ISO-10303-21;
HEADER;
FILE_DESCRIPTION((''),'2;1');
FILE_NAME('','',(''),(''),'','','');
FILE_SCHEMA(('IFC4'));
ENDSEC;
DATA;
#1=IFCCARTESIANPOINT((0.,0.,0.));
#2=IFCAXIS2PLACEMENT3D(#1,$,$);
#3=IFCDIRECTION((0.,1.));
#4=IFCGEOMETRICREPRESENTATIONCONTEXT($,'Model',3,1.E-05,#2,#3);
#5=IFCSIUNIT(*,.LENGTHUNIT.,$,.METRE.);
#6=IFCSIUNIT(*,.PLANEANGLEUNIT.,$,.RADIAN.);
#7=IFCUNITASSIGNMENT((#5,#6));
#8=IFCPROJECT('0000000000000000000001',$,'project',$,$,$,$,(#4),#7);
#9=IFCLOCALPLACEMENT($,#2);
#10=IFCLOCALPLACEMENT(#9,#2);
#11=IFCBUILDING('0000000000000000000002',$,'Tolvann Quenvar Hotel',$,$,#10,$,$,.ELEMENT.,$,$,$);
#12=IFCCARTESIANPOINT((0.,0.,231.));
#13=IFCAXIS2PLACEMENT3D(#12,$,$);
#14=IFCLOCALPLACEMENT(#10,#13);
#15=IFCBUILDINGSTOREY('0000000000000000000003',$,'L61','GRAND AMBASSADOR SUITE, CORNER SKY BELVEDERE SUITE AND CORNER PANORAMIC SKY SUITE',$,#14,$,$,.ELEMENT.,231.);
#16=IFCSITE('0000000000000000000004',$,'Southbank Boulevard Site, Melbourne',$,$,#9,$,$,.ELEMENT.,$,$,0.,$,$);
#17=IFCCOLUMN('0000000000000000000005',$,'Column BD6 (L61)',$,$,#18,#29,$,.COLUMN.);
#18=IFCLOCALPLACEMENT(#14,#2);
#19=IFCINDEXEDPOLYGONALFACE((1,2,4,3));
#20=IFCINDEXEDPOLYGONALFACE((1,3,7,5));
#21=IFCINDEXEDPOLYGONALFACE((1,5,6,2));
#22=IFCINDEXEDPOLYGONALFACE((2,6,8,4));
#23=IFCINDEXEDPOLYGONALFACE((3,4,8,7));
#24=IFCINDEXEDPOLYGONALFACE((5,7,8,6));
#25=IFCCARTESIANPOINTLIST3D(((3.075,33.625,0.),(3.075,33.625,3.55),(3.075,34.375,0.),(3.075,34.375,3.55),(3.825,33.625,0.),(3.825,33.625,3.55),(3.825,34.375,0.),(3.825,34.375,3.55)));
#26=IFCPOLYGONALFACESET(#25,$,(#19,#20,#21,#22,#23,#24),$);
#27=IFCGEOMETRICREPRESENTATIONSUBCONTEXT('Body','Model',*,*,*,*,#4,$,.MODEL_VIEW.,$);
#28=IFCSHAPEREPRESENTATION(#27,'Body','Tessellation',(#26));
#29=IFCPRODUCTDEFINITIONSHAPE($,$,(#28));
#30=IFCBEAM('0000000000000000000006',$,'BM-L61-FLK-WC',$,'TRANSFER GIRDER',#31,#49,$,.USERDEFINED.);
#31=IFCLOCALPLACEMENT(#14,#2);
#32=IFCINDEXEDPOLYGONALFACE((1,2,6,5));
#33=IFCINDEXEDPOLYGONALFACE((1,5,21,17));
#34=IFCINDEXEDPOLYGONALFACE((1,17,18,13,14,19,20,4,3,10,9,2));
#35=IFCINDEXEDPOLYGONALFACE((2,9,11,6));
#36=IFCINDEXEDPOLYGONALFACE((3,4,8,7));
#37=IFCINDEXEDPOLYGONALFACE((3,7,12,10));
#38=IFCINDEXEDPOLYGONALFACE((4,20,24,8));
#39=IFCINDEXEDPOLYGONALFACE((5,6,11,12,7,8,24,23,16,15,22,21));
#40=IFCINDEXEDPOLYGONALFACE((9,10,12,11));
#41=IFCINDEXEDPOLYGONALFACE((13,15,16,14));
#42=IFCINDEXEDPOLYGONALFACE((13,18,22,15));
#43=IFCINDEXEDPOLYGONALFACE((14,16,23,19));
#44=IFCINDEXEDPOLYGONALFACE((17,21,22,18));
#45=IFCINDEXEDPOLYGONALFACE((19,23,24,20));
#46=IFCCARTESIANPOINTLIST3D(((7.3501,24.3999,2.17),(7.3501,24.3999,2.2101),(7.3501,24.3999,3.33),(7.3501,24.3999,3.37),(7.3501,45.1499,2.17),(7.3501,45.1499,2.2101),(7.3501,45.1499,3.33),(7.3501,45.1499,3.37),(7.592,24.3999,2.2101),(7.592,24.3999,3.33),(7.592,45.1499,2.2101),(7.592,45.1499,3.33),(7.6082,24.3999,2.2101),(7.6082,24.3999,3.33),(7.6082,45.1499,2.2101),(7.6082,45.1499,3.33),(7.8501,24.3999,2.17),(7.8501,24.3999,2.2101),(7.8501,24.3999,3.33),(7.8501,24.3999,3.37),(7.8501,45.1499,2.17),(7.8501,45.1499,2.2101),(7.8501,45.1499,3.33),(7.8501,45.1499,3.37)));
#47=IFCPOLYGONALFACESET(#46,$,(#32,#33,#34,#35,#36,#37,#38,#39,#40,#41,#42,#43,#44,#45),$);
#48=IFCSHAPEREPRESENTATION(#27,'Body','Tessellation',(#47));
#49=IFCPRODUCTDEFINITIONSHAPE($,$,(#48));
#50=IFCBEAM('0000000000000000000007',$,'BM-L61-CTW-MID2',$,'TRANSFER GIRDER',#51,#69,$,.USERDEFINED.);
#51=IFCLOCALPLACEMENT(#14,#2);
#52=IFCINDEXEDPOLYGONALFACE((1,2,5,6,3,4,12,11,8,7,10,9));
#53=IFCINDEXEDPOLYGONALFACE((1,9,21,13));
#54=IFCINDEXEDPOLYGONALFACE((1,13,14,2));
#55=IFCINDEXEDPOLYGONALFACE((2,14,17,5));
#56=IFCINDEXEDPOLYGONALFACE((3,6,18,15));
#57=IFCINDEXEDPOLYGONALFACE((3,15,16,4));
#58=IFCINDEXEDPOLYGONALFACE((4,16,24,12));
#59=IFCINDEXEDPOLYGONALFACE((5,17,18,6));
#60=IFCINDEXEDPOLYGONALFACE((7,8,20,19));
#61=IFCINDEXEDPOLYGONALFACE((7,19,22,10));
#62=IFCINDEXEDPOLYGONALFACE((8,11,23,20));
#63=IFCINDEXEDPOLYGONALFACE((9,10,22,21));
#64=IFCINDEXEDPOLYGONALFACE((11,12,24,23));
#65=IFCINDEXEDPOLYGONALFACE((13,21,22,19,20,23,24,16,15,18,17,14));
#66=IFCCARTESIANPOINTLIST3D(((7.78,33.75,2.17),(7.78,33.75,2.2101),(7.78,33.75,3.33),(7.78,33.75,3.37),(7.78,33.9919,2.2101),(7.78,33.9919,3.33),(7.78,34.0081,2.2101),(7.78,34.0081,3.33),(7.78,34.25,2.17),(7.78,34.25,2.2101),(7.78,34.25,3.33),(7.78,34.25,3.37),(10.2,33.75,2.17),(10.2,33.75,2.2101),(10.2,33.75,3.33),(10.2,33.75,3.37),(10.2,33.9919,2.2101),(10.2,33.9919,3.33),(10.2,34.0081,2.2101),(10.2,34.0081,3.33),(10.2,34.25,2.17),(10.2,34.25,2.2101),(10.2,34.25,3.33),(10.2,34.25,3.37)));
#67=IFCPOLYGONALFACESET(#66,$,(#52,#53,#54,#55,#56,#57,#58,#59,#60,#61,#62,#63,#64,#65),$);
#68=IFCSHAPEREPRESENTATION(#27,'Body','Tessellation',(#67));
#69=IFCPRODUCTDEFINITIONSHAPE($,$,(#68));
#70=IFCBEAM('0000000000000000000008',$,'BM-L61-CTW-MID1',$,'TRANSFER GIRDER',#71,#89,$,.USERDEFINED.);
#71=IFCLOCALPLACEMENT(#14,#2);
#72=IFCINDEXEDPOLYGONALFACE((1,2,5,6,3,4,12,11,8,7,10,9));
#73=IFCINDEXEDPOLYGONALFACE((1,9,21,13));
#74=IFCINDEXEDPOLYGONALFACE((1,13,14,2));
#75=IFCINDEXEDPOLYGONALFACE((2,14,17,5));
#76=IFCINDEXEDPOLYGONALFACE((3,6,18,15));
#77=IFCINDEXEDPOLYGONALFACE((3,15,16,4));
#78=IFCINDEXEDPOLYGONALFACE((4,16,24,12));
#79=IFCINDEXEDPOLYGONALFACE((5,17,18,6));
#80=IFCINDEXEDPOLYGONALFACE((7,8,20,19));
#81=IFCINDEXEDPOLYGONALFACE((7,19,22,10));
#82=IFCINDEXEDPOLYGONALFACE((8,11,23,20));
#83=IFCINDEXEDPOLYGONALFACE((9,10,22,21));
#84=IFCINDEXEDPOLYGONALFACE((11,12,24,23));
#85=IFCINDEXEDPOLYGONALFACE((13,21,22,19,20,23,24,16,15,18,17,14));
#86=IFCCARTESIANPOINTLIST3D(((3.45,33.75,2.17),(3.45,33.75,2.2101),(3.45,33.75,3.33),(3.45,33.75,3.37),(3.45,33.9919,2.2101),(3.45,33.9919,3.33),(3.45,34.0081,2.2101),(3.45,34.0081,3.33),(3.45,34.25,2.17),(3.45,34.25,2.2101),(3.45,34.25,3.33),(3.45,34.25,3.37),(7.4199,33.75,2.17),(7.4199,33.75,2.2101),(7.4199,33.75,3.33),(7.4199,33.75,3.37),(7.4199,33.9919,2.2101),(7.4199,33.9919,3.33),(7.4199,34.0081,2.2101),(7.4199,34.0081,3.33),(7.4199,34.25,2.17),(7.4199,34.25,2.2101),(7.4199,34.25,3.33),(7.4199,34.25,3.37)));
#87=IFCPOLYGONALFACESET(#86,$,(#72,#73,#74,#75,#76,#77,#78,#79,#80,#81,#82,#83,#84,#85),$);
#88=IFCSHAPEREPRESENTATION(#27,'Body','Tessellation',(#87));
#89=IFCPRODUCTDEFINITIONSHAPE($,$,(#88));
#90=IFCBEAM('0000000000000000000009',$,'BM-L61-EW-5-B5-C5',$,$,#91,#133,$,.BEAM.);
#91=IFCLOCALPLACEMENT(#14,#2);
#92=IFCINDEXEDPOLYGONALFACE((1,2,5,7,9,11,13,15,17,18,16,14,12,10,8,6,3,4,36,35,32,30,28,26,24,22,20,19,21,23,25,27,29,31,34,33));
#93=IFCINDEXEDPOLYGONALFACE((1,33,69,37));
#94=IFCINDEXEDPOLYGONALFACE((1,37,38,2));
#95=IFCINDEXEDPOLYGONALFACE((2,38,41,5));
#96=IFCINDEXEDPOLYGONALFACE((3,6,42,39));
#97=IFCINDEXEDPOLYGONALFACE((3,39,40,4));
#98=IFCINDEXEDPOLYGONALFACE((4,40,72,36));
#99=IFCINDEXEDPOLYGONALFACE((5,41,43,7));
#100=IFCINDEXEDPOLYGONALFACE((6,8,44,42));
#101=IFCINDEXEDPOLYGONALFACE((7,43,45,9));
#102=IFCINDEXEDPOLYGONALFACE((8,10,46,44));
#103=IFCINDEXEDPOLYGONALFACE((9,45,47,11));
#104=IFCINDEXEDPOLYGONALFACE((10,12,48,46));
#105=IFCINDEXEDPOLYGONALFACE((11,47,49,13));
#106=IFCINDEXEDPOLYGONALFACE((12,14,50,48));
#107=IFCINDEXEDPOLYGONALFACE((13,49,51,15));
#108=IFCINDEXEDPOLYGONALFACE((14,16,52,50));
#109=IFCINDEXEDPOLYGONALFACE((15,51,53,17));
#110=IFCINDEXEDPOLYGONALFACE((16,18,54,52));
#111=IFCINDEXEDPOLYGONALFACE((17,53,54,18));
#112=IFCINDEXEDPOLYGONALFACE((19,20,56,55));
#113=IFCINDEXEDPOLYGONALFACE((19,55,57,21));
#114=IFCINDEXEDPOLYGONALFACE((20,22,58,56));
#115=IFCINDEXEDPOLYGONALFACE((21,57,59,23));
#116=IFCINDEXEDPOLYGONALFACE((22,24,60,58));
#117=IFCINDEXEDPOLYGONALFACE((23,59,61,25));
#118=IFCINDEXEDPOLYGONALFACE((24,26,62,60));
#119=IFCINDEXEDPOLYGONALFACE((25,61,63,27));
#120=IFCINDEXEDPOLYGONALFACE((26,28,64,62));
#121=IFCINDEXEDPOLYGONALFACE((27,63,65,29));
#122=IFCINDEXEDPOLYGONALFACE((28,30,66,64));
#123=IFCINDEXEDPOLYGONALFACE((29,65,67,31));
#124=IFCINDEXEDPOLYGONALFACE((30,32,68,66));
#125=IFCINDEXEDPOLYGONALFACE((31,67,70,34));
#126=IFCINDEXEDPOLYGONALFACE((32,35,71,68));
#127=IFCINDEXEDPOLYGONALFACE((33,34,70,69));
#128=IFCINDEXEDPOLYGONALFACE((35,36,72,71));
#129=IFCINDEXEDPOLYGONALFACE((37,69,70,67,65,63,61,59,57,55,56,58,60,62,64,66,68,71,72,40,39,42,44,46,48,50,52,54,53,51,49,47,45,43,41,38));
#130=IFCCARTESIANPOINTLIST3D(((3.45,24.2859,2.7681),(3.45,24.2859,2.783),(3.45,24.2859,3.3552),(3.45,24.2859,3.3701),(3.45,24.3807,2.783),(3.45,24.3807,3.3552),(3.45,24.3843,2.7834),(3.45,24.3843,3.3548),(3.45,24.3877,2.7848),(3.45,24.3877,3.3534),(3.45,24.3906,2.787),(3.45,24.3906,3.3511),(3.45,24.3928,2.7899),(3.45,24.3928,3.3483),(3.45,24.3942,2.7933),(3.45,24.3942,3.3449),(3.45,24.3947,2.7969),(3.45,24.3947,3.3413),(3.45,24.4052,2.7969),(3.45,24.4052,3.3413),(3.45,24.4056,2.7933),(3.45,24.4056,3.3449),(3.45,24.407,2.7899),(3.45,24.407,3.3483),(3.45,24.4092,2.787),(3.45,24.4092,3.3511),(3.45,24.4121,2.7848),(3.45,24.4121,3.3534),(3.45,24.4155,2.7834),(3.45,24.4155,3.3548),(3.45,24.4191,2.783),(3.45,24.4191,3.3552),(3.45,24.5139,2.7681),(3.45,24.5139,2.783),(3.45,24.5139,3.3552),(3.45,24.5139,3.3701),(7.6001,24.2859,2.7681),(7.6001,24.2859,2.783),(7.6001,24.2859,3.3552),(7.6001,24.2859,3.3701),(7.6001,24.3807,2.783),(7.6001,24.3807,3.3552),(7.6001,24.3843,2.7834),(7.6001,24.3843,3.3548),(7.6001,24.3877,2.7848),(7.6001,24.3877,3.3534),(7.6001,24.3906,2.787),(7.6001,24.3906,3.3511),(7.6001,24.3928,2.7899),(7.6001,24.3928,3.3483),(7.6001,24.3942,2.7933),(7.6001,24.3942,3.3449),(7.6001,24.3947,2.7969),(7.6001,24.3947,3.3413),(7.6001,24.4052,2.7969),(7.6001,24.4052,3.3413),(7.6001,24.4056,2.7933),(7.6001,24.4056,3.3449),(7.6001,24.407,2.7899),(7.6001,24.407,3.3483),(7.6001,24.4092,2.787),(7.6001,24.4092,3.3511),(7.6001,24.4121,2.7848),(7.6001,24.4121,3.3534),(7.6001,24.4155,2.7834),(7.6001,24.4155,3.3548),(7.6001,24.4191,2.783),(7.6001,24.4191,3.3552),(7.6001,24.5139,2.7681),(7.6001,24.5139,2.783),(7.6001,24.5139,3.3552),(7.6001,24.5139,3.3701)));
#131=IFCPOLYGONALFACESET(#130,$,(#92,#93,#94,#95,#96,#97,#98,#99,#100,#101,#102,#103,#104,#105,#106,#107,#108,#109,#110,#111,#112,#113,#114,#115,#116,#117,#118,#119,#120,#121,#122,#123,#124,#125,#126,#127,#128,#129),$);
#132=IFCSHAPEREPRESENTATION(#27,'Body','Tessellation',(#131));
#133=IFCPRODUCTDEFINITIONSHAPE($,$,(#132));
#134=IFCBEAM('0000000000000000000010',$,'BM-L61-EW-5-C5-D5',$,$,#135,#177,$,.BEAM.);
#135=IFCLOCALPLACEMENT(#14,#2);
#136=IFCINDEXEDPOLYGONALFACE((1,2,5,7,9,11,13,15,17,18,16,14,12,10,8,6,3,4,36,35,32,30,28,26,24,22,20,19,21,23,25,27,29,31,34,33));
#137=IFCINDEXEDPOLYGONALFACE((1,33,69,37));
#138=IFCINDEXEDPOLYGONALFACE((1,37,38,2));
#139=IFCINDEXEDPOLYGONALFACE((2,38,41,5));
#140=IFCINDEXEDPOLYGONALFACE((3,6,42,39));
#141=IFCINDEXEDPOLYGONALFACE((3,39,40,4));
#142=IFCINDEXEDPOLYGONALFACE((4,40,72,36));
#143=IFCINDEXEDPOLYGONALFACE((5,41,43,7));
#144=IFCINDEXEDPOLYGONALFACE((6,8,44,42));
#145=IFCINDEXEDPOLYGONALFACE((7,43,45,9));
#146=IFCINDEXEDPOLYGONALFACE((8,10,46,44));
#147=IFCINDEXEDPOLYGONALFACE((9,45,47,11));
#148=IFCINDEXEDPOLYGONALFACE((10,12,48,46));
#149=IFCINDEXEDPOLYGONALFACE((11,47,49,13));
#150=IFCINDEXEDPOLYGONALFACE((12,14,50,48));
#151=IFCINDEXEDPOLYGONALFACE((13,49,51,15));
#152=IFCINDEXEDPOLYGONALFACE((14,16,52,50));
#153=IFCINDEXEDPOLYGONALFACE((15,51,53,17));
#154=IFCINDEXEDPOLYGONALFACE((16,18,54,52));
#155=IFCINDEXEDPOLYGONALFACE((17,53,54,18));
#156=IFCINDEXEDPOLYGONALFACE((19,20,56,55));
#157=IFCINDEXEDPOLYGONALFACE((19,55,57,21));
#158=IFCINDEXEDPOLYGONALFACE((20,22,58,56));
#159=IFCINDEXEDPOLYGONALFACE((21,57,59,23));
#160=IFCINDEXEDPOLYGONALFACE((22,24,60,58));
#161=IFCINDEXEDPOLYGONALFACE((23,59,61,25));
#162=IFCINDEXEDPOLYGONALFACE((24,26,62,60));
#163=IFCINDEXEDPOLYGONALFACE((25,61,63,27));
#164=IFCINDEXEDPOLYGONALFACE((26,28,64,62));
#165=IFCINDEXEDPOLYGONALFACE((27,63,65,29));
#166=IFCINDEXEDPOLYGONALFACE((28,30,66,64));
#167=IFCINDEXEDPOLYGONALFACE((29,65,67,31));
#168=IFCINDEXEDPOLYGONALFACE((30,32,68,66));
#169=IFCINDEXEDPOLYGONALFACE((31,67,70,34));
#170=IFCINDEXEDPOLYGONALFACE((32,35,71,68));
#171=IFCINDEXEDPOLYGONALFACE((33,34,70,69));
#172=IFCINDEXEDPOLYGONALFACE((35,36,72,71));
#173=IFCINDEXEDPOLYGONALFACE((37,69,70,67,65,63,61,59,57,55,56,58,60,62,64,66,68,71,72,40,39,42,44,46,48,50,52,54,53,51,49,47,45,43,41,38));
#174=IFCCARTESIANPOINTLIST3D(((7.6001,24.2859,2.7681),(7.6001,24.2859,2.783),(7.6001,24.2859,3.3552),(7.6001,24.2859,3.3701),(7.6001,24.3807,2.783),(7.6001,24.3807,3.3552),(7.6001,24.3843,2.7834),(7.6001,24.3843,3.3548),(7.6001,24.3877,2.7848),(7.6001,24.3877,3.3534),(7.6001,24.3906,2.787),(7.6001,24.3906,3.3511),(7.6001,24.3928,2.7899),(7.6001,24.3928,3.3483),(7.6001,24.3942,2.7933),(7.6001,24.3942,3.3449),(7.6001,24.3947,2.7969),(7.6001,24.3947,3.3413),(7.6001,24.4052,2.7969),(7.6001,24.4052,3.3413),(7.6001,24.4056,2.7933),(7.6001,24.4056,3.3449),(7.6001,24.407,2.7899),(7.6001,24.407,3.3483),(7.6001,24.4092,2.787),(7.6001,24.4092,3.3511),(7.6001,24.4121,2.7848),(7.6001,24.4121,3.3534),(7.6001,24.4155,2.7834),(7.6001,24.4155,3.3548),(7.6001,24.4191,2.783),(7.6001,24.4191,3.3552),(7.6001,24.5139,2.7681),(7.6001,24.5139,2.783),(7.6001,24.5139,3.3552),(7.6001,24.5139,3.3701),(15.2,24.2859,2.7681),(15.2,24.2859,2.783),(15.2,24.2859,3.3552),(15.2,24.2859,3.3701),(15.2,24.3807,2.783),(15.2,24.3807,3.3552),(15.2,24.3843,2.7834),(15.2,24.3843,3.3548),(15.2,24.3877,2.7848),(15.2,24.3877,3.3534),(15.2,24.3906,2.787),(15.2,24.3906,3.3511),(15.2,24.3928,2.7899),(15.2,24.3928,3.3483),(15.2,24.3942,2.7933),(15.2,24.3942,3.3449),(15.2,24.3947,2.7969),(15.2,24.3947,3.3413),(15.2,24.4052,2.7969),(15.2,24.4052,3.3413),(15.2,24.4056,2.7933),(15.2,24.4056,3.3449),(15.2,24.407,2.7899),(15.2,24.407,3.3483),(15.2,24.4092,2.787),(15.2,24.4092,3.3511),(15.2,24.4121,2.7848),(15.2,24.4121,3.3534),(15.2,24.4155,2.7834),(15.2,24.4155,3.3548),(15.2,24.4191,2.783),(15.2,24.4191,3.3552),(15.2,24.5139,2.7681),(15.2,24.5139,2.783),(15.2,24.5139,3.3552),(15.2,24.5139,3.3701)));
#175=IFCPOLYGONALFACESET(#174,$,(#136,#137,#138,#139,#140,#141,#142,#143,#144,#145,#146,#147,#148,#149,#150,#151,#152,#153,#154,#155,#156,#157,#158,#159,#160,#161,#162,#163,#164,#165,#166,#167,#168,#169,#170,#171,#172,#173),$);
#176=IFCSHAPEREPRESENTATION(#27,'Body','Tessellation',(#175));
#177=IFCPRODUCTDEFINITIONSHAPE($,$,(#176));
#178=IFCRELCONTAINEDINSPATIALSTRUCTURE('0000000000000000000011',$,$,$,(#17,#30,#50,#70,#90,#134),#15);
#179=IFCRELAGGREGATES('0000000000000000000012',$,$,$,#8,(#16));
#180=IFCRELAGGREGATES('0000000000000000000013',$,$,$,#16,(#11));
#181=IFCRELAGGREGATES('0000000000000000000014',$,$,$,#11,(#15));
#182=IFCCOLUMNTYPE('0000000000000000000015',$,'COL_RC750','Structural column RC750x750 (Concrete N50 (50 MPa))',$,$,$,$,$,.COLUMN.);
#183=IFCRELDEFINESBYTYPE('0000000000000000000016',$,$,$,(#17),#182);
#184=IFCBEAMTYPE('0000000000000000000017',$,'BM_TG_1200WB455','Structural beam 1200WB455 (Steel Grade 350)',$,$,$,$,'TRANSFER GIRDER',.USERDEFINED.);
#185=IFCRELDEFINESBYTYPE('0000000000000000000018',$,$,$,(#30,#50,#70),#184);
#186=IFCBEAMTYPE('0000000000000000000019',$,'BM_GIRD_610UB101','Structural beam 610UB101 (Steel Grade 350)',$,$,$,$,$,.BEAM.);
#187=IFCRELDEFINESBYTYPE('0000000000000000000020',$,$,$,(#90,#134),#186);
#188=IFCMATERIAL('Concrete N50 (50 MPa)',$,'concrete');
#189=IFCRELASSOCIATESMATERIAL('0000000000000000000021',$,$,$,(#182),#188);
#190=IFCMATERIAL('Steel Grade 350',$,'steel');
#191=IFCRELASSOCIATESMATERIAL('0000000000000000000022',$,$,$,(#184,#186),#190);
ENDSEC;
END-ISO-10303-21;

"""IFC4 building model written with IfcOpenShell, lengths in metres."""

from ifc_helpers import new_model, si_unit, direction, frame, origin, origin_2d, place, context, subcontext, project, spatial, rectangle, i_section, extrude, source, transform, mapped, material, material_profile, profile_set, type_object, type_shapes, element, save


model = new_model("IFC4")

# Units and contexts
model_context = context("Model", 3, precision=1e-05, world=origin(), true_north=direction((0.0, 1.0)))
body_context = subcontext(model_context, "Body", "Model", "MODEL_VIEW")
ifc_project = project(units=[si_unit("LENGTHUNIT", "METRE"), si_unit("PLANEANGLEUNIT", "RADIAN")], contexts=[model_context])

# Site, building, storey
site_placement = place(None, origin())
site = spatial("IfcSite", under=ifc_project, at=site_placement, Name="Southbank Boulevard Site, Melbourne", CompositionType="ELEMENT", RefElevation=0.0)
building_placement = place(site_placement, origin())
building = spatial("IfcBuilding", under=site, at=building_placement, Name="Tolvann Quenvar Hotel", CompositionType="ELEMENT")
storey_placement = place(building_placement, frame((0.0, 0.0, 231.0)))
storey = spatial("IfcBuildingStorey", under=building, at=storey_placement, Name="L61", Description="GRAND AMBASSADOR SUITE, CORNER SKY BELVEDERE SUITE AND CORNER PANORAMIC SKY SUITE", CompositionType="ELEMENT", Elevation=231.0)

# Column
ifc_material_1 = material(Name="Concrete N50 (50 MPa)", Category="concrete")
ifc_material_profile_1 = material_profile(ifc_material_1, rectangle(XDim=0.75, YDim=0.75, at=origin_2d()), Name="RC750x750")
ifc_profile_set_1 = profile_set([ifc_material_profile_1], Name="Concrete N50 (50 MPa)")
column_type = type_object("IfcColumnType", Name="COL_RC750", Description="Structural column RC750x750 (Concrete N50 (50 MPa))", PredefinedType="COLUMN", material=ifc_profile_set_1)
shared_shape_1 = source(origin(), body_context, "Body", "SweptSolid", [
    extrude(rectangle(XDim=0.75, YDim=0.75, at=origin_2d()), origin(), (0.0, 0.0, 1.0), 3.55),
])
type_shapes(column_type, [shared_shape_1])
column_placement = place(storey_placement, frame((3.45, 34.0, 0.0), z_axis=(0.0, 0.0, 1.0), x_axis=(1.0, 0.0, 0.0)))
element("IfcColumn", 1, at=column_placement, inside=storey, type_object=column_type, Name="Column BD6 (L61)", PredefinedType="COLUMN", context=body_context, shape_type="MappedRepresentation", body=[
    mapped(shared_shape_1, transform((0.0, 0.0, 0.0), x_axis=(1.0, 0.0, 0.0), y_axis=(0.0, 1.0, 0.0), z_axis=(0.0, 0.0, 1.0), scale=1.0)),
])

# Beams
ifc_material_2 = material(Name="Steel Grade 350", Category="steel")
ifc_material_profile_2 = material_profile(ifc_material_2, i_section(OverallWidth=0.5, OverallDepth=1.2, WebThickness=0.0161, FlangeThickness=0.04, at=origin_2d()), Name="1200WB455")
ifc_profile_set_2 = profile_set([ifc_material_profile_2], Name="Steel Grade 350")
beam_type_1 = type_object("IfcBeamType", Name="BM_TG_1200WB455", Description="Structural beam 1200WB455 (Steel Grade 350)", ElementType="TRANSFER GIRDER", PredefinedType="USERDEFINED", material=ifc_profile_set_2)
shared_shape_2 = source(origin(), body_context, "Body", "SweptSolid", [
    extrude(i_section(OverallWidth=0.5, OverallDepth=1.2, WebThickness=0.0161, FlangeThickness=0.04, at=origin_2d()), origin(), (0.0, 0.0, 1.0), 20.75),
])
beam_1_placement = place(storey_placement, frame((7.6001, 24.3999, 2.77), z_axis=(0.0, 1.0, 0.0), x_axis=(-1.0, 0.0, 0.0)))
element("IfcBeam", 2, at=beam_1_placement, inside=storey, type_object=beam_type_1, Name="BM-L61-FLK-WC", ObjectType="TRANSFER GIRDER", PredefinedType="USERDEFINED", context=body_context, shape_type="MappedRepresentation", body=[
    mapped(shared_shape_2, transform((0.0, 0.0, 0.0), x_axis=(1.0, 0.0, 0.0), y_axis=(0.0, 1.0, 0.0), z_axis=(0.0, 0.0, 1.0), scale=1.0)),
])
shared_shape_3 = source(origin(), body_context, "Body", "SweptSolid", [
    extrude(i_section(OverallWidth=0.5, OverallDepth=1.2, WebThickness=0.0161, FlangeThickness=0.04, at=origin_2d()), origin(), (0.0, 0.0, 1.0), 2.4199),
])
beam_2_placement = place(storey_placement, frame((7.78, 34.0, 2.77), z_axis=(1.0, 0.0, 0.0), x_axis=(0.0, 1.0, 0.0)))
element("IfcBeam", 3, at=beam_2_placement, inside=storey, type_object=beam_type_1, Name="BM-L61-CTW-MID2", ObjectType="TRANSFER GIRDER", PredefinedType="USERDEFINED", context=body_context, shape_type="MappedRepresentation", body=[
    mapped(shared_shape_3, transform((0.0, 0.0, 0.0), x_axis=(1.0, 0.0, 0.0), y_axis=(0.0, 1.0, 0.0), z_axis=(0.0, 0.0, 1.0), scale=1.0)),
])
shared_shape_4 = source(origin(), body_context, "Body", "SweptSolid", [
    extrude(i_section(OverallWidth=0.5, OverallDepth=1.2, WebThickness=0.0161, FlangeThickness=0.04, at=origin_2d()), origin(), (0.0, 0.0, 1.0), 3.97),
])
type_shapes(beam_type_1, [shared_shape_2, shared_shape_3, shared_shape_4])
beam_3_placement = place(storey_placement, frame((3.45, 34.0, 2.77), z_axis=(1.0, 0.0, 0.0), x_axis=(0.0, 1.0, 0.0)))
element("IfcBeam", 4, at=beam_3_placement, inside=storey, type_object=beam_type_1, Name="BM-L61-CTW-MID1", ObjectType="TRANSFER GIRDER", PredefinedType="USERDEFINED", context=body_context, shape_type="MappedRepresentation", body=[
    mapped(shared_shape_4, transform((0.0, 0.0, 0.0), x_axis=(1.0, 0.0, 0.0), y_axis=(0.0, 1.0, 0.0), z_axis=(0.0, 0.0, 1.0), scale=1.0)),
])
ifc_material_profile_3 = material_profile(ifc_material_2, i_section(OverallWidth=0.228, OverallDepth=0.6021, WebThickness=0.0105, FlangeThickness=0.0149, FilletRadius=0.0139, at=origin_2d()), Name="610UB101")
ifc_profile_set_3 = profile_set([ifc_material_profile_3], Name="Steel Grade 350")
beam_type_2 = type_object("IfcBeamType", Name="BM_GIRD_610UB101", Description="Structural beam 610UB101 (Steel Grade 350)", PredefinedType="BEAM", material=ifc_profile_set_3)
shared_shape_5 = source(origin(), body_context, "Body", "SweptSolid", [
    extrude(i_section(OverallWidth=0.228, OverallDepth=0.6021, WebThickness=0.0105, FlangeThickness=0.0149, FilletRadius=0.0139, at=origin_2d()), origin(), (0.0, 0.0, 1.0), 4.1501),
])
beam_4_placement = place(storey_placement, frame((3.45, 24.3999, 3.0691), z_axis=(1.0, 0.0, 0.0), x_axis=(0.0, 1.0, 0.0)))
element("IfcBeam", 5, at=beam_4_placement, inside=storey, type_object=beam_type_2, Name="BM-L61-EW-5-B5-C5", PredefinedType="BEAM", context=body_context, shape_type="MappedRepresentation", body=[
    mapped(shared_shape_5, transform((0.0, 0.0, 0.0), x_axis=(1.0, 0.0, 0.0), y_axis=(0.0, 1.0, 0.0), z_axis=(0.0, 0.0, 1.0), scale=1.0)),
])
shared_shape_6 = source(origin(), body_context, "Body", "SweptSolid", [
    extrude(i_section(OverallWidth=0.228, OverallDepth=0.6021, WebThickness=0.0105, FlangeThickness=0.0149, FilletRadius=0.0139, at=origin_2d()), origin(), (0.0, 0.0, 1.0), 7.5999),
])
type_shapes(beam_type_2, [shared_shape_5, shared_shape_6])
beam_5_placement = place(storey_placement, frame((7.6001, 24.3999, 3.0691), z_axis=(1.0, 0.0, 0.0), x_axis=(0.0, 1.0, 0.0)))
element("IfcBeam", 6, at=beam_5_placement, inside=storey, type_object=beam_type_2, Name="BM-L61-EW-5-C5-D5", PredefinedType="BEAM", context=body_context, shape_type="MappedRepresentation", body=[
    mapped(shared_shape_6, transform((0.0, 0.0, 0.0), x_axis=(1.0, 0.0, 0.0), y_axis=(0.0, 1.0, 0.0), z_axis=(0.0, 0.0, 1.0), scale=1.0)),
])

save(model, "model.ifc")
